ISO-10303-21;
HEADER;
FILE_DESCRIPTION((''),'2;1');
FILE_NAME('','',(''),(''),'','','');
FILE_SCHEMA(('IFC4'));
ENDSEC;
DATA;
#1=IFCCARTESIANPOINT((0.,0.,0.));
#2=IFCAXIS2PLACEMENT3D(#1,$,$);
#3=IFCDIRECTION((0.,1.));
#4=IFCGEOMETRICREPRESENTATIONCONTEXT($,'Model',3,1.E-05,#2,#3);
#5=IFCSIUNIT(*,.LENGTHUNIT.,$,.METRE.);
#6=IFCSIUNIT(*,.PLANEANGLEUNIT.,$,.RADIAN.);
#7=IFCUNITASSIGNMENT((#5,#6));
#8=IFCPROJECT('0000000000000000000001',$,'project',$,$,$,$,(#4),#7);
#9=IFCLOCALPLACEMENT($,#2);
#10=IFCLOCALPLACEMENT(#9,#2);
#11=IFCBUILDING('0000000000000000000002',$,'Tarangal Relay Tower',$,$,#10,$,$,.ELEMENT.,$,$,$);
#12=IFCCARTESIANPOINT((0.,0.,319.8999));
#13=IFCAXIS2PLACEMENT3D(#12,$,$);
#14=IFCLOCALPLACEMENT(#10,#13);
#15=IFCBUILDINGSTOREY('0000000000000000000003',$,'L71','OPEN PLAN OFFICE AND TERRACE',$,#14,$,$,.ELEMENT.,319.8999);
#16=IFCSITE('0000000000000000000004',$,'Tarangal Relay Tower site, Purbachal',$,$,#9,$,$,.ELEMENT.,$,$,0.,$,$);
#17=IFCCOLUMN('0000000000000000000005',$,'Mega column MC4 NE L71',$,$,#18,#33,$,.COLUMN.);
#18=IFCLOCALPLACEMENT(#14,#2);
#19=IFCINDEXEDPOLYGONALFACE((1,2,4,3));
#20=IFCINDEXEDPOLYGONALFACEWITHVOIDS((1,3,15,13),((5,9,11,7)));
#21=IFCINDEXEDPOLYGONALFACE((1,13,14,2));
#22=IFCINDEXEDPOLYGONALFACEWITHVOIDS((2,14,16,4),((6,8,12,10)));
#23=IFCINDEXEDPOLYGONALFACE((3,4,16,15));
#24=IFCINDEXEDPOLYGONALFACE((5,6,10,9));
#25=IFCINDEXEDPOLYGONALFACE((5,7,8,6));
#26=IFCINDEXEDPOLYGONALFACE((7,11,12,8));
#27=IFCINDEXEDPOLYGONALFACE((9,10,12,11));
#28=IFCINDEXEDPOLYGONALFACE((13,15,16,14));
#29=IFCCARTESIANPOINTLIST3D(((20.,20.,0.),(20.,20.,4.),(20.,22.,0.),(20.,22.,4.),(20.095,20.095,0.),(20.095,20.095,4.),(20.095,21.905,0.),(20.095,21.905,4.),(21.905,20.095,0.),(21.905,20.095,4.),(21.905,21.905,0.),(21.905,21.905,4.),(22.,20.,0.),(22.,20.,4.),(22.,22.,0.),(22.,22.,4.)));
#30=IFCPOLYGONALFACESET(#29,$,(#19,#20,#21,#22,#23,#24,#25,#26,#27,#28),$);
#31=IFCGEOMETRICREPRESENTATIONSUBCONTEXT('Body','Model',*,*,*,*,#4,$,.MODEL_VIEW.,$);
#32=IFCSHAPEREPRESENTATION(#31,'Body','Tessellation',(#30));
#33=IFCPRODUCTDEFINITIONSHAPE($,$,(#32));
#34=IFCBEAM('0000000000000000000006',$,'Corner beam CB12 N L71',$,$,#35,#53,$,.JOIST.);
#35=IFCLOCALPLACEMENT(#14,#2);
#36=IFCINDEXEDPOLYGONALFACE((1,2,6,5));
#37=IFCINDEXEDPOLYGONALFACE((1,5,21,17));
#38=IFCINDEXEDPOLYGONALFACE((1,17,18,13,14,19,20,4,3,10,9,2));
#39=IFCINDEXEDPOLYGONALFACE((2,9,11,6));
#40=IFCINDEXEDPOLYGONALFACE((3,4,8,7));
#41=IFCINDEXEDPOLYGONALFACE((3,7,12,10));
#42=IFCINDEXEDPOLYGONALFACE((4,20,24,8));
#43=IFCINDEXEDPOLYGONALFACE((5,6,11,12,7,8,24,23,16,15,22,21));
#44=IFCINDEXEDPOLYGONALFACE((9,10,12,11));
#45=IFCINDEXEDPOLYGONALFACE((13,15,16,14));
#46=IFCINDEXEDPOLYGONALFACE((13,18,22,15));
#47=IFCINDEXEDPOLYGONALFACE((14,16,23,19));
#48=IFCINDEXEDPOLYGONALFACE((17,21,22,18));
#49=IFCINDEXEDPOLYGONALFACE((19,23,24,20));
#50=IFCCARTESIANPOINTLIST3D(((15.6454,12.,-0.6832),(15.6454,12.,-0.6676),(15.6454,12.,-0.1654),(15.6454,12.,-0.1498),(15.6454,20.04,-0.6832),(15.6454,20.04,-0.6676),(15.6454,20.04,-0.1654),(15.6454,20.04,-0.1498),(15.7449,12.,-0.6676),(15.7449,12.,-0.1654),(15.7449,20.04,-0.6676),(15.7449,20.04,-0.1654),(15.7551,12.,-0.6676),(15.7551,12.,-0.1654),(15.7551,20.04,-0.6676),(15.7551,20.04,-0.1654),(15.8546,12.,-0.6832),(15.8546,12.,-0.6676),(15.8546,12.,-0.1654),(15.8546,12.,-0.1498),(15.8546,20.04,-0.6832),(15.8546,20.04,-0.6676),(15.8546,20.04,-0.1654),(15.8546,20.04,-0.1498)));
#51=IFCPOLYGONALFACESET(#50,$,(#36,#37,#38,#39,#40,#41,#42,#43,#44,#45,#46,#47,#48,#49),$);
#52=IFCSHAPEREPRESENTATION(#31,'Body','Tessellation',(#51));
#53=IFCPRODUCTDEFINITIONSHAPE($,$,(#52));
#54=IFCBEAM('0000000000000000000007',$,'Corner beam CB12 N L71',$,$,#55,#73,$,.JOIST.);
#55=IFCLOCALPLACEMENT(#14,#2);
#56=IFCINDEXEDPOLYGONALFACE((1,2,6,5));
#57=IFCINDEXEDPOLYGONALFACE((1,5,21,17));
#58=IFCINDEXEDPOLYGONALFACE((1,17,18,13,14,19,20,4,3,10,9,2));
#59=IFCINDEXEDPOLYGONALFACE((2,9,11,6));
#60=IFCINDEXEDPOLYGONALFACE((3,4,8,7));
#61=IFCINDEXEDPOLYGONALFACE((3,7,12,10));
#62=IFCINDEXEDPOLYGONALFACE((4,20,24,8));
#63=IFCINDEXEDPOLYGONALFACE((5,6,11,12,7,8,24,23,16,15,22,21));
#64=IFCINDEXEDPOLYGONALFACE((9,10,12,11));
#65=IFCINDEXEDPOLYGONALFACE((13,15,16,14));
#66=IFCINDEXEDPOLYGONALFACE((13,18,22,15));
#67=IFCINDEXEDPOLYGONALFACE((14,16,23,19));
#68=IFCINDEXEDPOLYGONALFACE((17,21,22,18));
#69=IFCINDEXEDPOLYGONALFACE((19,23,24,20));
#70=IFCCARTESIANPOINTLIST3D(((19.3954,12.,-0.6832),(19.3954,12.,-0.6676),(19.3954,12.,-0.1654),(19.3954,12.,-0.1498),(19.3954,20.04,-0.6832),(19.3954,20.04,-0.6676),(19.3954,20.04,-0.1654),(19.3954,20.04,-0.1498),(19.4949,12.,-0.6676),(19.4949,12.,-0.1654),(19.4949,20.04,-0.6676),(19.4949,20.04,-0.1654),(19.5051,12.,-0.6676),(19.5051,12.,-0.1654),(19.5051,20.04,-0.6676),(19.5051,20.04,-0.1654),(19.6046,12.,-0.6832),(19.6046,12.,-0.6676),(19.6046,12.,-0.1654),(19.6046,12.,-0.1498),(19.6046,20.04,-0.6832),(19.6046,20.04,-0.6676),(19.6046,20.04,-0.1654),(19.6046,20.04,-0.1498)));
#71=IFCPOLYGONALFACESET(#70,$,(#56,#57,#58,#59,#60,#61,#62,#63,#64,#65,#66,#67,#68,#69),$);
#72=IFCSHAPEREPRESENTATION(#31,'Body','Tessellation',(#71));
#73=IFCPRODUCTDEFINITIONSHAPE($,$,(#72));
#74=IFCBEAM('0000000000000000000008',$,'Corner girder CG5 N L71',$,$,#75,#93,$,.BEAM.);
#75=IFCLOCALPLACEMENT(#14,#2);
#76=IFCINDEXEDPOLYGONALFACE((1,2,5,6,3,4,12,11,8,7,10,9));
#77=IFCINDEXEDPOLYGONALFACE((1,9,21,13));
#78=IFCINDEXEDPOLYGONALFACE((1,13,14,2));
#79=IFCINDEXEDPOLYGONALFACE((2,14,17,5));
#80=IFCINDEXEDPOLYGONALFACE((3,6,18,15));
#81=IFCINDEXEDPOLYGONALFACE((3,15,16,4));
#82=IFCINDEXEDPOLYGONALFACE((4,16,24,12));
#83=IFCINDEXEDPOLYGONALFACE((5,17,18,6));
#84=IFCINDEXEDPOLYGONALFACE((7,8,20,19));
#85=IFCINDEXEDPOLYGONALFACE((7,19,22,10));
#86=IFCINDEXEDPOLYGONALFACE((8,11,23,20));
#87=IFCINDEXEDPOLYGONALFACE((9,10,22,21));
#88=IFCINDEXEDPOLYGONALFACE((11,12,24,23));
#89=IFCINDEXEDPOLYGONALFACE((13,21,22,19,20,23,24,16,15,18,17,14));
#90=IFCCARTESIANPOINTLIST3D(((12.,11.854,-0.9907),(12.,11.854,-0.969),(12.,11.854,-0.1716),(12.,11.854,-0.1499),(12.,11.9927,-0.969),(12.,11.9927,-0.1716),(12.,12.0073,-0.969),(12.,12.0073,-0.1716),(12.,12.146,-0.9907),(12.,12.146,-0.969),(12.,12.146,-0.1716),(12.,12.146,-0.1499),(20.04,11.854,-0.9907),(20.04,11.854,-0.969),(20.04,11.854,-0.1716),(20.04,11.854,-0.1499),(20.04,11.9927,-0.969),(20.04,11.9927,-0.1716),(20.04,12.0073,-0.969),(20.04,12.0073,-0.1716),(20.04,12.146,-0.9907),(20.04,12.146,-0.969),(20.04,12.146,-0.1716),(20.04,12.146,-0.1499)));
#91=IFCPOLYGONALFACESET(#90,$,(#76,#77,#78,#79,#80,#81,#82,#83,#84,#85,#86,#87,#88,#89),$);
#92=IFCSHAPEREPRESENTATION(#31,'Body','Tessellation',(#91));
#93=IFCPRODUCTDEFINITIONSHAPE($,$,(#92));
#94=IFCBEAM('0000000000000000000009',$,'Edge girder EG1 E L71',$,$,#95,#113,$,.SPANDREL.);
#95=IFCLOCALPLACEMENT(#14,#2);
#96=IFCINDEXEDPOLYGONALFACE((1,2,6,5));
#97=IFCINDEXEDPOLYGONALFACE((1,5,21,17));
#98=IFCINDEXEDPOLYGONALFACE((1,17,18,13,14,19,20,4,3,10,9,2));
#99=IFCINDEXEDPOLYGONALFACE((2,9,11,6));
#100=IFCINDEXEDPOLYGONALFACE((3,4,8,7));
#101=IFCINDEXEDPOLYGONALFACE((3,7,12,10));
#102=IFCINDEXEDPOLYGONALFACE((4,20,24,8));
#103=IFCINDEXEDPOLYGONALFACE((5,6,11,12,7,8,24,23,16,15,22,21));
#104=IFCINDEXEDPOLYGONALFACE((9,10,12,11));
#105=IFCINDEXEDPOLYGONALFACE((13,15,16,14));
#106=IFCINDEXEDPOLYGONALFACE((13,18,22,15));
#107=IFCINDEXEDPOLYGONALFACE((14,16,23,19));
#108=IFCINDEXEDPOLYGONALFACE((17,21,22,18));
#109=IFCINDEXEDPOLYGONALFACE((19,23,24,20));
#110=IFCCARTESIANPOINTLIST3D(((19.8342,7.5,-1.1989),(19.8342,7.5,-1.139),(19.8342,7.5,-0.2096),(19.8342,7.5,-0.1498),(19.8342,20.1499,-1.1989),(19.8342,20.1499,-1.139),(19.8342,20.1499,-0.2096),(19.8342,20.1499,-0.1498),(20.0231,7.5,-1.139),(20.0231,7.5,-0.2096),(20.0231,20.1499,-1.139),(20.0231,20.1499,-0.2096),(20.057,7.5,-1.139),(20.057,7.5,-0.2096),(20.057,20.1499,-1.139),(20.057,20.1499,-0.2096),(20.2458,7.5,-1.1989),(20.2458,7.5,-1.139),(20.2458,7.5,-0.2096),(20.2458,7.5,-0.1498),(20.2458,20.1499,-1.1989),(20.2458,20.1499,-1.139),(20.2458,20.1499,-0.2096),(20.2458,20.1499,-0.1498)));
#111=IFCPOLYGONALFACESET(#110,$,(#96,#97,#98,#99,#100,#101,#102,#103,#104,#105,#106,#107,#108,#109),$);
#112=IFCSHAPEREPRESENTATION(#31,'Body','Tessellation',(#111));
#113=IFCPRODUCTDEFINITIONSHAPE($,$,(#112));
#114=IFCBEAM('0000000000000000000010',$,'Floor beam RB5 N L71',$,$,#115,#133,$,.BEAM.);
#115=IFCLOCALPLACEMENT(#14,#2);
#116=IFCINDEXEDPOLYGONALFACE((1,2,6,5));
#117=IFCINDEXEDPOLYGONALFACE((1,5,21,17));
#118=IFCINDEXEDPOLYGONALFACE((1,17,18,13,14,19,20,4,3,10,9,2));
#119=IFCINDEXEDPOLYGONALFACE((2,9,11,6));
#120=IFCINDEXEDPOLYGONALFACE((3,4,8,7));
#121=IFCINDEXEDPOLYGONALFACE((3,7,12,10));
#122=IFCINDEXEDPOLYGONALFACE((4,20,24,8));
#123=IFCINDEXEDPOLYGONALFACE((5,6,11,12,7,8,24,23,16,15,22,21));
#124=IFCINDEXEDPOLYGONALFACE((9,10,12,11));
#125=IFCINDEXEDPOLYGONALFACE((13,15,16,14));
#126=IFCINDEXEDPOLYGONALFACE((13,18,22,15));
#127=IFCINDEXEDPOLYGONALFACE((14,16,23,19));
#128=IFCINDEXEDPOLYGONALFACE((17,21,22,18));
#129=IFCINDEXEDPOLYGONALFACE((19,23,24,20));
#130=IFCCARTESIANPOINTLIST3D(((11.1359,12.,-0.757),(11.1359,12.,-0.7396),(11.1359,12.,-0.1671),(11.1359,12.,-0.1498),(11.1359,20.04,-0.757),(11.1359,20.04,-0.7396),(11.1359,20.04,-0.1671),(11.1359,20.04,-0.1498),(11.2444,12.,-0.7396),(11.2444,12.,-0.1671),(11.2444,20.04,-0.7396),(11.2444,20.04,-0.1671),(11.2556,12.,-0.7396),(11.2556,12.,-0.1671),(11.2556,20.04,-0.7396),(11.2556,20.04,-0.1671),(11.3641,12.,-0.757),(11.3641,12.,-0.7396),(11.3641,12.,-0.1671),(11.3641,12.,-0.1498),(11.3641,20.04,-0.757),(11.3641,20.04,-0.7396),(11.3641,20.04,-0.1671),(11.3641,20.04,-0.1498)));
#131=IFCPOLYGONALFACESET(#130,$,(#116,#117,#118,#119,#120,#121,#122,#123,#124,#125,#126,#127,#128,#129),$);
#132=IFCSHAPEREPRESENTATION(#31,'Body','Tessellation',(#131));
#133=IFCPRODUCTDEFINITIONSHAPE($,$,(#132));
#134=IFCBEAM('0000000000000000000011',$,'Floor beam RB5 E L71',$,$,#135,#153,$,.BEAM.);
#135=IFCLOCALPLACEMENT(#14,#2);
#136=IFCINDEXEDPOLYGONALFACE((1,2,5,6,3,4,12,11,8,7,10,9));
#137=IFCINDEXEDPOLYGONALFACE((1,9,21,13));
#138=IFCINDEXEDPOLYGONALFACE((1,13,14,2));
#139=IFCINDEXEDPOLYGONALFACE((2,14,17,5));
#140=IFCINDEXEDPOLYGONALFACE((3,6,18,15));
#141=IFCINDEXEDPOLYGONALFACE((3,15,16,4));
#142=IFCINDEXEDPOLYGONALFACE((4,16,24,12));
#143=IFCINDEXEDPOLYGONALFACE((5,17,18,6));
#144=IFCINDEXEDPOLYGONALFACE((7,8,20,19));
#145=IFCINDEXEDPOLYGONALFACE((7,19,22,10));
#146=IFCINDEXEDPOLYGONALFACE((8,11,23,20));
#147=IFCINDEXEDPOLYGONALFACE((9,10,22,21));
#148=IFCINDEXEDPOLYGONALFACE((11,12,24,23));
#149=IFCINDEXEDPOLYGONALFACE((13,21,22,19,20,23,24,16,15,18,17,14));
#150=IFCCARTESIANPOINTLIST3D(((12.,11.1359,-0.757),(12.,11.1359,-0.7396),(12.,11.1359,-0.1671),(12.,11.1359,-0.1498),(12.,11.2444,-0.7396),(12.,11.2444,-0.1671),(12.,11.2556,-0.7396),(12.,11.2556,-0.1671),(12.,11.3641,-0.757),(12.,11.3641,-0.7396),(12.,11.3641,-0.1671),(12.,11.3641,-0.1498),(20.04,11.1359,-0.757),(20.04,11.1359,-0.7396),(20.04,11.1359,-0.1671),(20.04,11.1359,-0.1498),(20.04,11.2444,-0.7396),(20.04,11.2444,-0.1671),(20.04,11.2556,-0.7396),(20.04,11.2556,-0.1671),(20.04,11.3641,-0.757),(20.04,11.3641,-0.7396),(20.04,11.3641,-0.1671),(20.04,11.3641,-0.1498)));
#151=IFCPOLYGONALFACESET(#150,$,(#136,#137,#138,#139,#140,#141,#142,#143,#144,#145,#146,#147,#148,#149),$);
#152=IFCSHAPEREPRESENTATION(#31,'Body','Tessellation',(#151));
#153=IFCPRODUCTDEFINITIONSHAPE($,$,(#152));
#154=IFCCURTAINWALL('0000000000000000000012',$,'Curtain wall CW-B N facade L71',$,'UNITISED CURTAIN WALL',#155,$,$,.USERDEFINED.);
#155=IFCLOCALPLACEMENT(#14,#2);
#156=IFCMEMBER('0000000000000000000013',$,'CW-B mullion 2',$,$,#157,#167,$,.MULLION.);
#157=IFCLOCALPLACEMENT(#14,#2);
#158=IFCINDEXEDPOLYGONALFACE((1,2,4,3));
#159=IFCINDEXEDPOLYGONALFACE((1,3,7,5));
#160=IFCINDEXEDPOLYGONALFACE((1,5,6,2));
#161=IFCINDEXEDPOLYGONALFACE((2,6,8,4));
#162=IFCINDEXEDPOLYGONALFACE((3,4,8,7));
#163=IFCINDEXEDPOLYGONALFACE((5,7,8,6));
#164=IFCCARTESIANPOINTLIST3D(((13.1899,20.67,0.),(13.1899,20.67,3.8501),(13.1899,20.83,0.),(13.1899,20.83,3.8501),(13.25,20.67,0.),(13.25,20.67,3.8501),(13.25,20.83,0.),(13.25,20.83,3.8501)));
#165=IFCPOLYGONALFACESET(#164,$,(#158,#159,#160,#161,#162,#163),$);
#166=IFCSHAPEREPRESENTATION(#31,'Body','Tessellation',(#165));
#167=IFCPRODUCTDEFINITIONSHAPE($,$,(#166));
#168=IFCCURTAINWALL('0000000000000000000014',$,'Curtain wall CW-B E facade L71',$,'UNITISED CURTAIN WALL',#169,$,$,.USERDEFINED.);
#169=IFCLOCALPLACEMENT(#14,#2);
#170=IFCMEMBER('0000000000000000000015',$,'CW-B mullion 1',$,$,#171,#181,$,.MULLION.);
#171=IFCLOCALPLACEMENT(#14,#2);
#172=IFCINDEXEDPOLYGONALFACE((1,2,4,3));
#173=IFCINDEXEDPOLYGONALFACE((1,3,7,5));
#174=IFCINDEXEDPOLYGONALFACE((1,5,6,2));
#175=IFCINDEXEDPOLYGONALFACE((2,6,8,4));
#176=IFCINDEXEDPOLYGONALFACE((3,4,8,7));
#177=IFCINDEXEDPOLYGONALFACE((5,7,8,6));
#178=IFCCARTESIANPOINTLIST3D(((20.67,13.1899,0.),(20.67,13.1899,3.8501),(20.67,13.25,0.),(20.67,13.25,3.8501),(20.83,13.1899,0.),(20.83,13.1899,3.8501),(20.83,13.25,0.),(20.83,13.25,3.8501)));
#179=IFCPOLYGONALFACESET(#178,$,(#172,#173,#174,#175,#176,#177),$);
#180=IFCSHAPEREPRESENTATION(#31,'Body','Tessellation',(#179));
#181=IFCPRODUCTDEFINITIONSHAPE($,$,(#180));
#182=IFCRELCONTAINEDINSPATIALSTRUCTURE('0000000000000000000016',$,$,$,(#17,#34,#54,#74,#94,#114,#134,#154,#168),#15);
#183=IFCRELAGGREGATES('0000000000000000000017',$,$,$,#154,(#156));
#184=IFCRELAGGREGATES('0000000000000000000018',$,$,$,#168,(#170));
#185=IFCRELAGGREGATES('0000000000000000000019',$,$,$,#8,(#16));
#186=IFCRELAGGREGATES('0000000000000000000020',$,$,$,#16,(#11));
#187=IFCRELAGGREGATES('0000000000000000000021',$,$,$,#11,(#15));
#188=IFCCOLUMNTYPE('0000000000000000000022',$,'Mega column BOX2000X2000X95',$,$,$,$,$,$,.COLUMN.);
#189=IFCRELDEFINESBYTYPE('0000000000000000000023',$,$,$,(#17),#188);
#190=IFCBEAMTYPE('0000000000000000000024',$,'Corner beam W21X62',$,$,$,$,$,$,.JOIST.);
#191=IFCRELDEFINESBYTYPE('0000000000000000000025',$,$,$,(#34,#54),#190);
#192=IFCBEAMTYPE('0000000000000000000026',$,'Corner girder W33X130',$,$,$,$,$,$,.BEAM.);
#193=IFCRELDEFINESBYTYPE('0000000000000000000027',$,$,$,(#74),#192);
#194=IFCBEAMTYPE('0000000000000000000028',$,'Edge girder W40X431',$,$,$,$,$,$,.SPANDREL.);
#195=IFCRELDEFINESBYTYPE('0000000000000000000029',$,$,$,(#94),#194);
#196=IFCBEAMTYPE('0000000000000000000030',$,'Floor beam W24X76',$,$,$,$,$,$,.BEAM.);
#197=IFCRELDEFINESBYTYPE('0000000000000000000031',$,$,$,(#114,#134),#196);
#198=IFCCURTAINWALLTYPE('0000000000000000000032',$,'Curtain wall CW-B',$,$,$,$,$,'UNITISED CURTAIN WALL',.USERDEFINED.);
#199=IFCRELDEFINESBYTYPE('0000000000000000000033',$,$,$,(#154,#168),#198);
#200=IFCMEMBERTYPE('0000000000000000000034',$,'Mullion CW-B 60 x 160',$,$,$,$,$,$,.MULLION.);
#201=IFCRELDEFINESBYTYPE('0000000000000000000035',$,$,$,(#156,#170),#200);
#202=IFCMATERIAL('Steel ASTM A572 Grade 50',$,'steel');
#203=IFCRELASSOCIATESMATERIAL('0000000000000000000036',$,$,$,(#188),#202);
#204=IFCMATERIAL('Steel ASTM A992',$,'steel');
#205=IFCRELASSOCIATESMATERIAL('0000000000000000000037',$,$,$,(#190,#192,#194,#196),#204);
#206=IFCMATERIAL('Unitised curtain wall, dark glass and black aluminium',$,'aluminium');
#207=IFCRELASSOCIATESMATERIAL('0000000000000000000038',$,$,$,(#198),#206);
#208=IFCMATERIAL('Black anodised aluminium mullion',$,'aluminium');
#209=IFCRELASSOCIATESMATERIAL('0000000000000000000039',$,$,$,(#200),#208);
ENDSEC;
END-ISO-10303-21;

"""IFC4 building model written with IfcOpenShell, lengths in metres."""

from ifc_helpers import new_model, si_unit, direction, frame, origin, origin_2d, place, context, subcontext, project, spatial, rectangle, hollow_rectangle, i_section, extrude, material, material_profile, profile_set, type_object, element, aggregate, save


model = new_model("IFC4")

# Units and contexts
model_context = context("Model", 3, precision=1e-05, world=origin(), true_north=direction((0.0, 1.0)))
body_context = subcontext(model_context, "Body", "Model", "MODEL_VIEW")
ifc_project = project(units=[si_unit("LENGTHUNIT", "METRE"), si_unit("PLANEANGLEUNIT", "RADIAN")], contexts=[model_context])

# Site, building, storey
site_placement = place(None, origin())
site = spatial("IfcSite", under=ifc_project, at=site_placement, Name="Tarangal Relay Tower site, Purbachal", CompositionType="ELEMENT", RefElevation=0.0)
building_placement = place(site_placement, origin())
building = spatial("IfcBuilding", under=site, at=building_placement, Name="Tarangal Relay Tower", CompositionType="ELEMENT")
storey_placement = place(building_placement, frame((0.0, 0.0, 319.8999)))
storey = spatial("IfcBuildingStorey", under=building, at=storey_placement, Name="L71", Description="OPEN PLAN OFFICE AND TERRACE", CompositionType="ELEMENT", Elevation=319.8999)

# Column
ifc_material_1 = material(Name="Steel ASTM A572 Grade 50", Category="steel")
ifc_material_profile_1 = material_profile(ifc_material_1, hollow_rectangle(XDim=2.0, YDim=2.0, WallThickness=0.095, at=origin_2d()), Name="BOX2000X2000X95")
ifc_profile_set_1 = profile_set([ifc_material_profile_1], Name="Steel ASTM A572 Grade 50")
column_type = type_object("IfcColumnType", Name="Mega column BOX2000X2000X95", PredefinedType="COLUMN", material=ifc_profile_set_1)
column_placement = place(storey_placement, frame((21.0, 21.0, 0.0), z_axis=(0.0, 0.0, 1.0), x_axis=(1.0, 0.0, 0.0)))
element("IfcColumn", 1, at=column_placement, inside=storey, type_object=column_type, Name="Mega column MC4 NE L71", PredefinedType="COLUMN", context=body_context, shape_type="SweptSolid", body=[
    extrude(hollow_rectangle(XDim=2.0, YDim=2.0, WallThickness=0.095, at=origin_2d()), origin(), (0.0, 0.0, 1.0), 4.0),
])

# Beams
ifc_material_2 = material(Name="Steel ASTM A992", Category="steel")
ifc_material_profile_2 = material_profile(ifc_material_2, i_section(OverallWidth=0.2092, OverallDepth=0.5334, WebThickness=0.0103, FlangeThickness=0.0156, at=origin_2d()), Name="W21X62")
ifc_profile_set_2 = profile_set([ifc_material_profile_2], Name="Steel ASTM A992")
beam_type_1 = type_object("IfcBeamType", Name="Corner beam W21X62", PredefinedType="JOIST", material=ifc_profile_set_2)
for number, where, z_axis, x_axis, name in (
    (2, (15.75, 12.0, -0.4165), (0.0, 1.0, 0.0), (-1.0, 0.0, 0.0), "Corner beam CB12 N L71"),
    (3, (19.5, 12.0, -0.4165), (0.0, 1.0, 0.0), (-1.0, 0.0, 0.0), "Corner beam CB12 N L71"),
):
    element("IfcBeam", number, at=place(storey_placement, frame(where, z_axis=z_axis, x_axis=x_axis)), inside=storey, type_object=beam_type_1, Name=name, PredefinedType="JOIST", context=body_context, shape_type="SweptSolid", body=[
        extrude(i_section(OverallWidth=0.2092, OverallDepth=0.5334, WebThickness=0.0103, FlangeThickness=0.0156, at=origin_2d()), origin(), (0.0, 0.0, 1.0), 8.04),
    ])
ifc_material_profile_3 = material_profile(ifc_material_2, i_section(OverallWidth=0.292, OverallDepth=0.8408, WebThickness=0.0146, FlangeThickness=0.0217, at=origin_2d()), Name="W33X130")
ifc_profile_set_3 = profile_set([ifc_material_profile_3], Name="Steel ASTM A992")
beam_type_2 = type_object("IfcBeamType", Name="Corner girder W33X130", PredefinedType="BEAM", material=ifc_profile_set_3)
beam_1_placement = place(storey_placement, frame((12.0, 12.0, -0.5703), z_axis=(1.0, 0.0, 0.0), x_axis=(0.0, 1.0, 0.0)))
element("IfcBeam", 4, at=beam_1_placement, inside=storey, type_object=beam_type_2, Name="Corner girder CG5 N L71", PredefinedType="BEAM", context=body_context, shape_type="SweptSolid", body=[
    extrude(i_section(OverallWidth=0.292, OverallDepth=0.8408, WebThickness=0.0146, FlangeThickness=0.0217, at=origin_2d()), origin(), (0.0, 0.0, 1.0), 8.04),
])
ifc_material_profile_4 = material_profile(ifc_material_2, i_section(OverallWidth=0.4116, OverallDepth=1.0491, WebThickness=0.0339, FlangeThickness=0.0598, at=origin_2d()), Name="W40X431")
ifc_profile_set_4 = profile_set([ifc_material_profile_4], Name="Steel ASTM A992")
beam_type_3 = type_object("IfcBeamType", Name="Edge girder W40X431", PredefinedType="SPANDREL", material=ifc_profile_set_4)
beam_2_placement = place(storey_placement, frame((20.04, 20.1499, -0.6743), z_axis=(0.0, -1.0, 0.0), x_axis=(1.0, 0.0, 0.0)))
element("IfcBeam", 5, at=beam_2_placement, inside=storey, type_object=beam_type_3, Name="Edge girder EG1 E L71", PredefinedType="SPANDREL", context=body_context, shape_type="SweptSolid", body=[
    extrude(i_section(OverallWidth=0.4116, OverallDepth=1.0491, WebThickness=0.0339, FlangeThickness=0.0598, at=origin_2d()), origin(), (0.0, 0.0, 1.0), 12.6499),
])
ifc_material_profile_5 = material_profile(ifc_material_2, i_section(OverallWidth=0.2283, OverallDepth=0.6072, WebThickness=0.0112, FlangeThickness=0.0173, at=origin_2d()), Name="W24X76")
ifc_profile_set_5 = profile_set([ifc_material_profile_5], Name="Steel ASTM A992")
beam_type_4 = type_object("IfcBeamType", Name="Floor beam W24X76", PredefinedType="BEAM", material=ifc_profile_set_5)
for number, where, z_axis, x_axis, name in (
    (6, (11.25, 12.0, -0.4534), (0.0, 1.0, 0.0), (-1.0, 0.0, 0.0), "Floor beam RB5 N L71"),
    (7, (12.0, 11.25, -0.4534), (1.0, 0.0, 0.0), (0.0, 1.0, 0.0), "Floor beam RB5 E L71"),
):
    element("IfcBeam", number, at=place(storey_placement, frame(where, z_axis=z_axis, x_axis=x_axis)), inside=storey, type_object=beam_type_4, Name=name, PredefinedType="BEAM", context=body_context, shape_type="SweptSolid", body=[
        extrude(i_section(OverallWidth=0.2283, OverallDepth=0.6072, WebThickness=0.0112, FlangeThickness=0.0173, at=origin_2d()), origin(), (0.0, 0.0, 1.0), 8.04),
    ])

# Curtain wall, member
ifc_material_3 = material(Name="Unitised curtain wall, dark glass and black aluminium", Category="aluminium")
curtain_wall_type_1 = type_object("IfcCurtainWallType", Name="Curtain wall CW-B", ElementType="UNITISED CURTAIN WALL", PredefinedType="USERDEFINED", material=ifc_material_3)
curtain_wall_1_placement = place(storey_placement, origin())
curtain_wall_1 = element("IfcCurtainWall", 8, at=curtain_wall_1_placement, inside=storey, type_object=curtain_wall_type_1, Name="Curtain wall CW-B N facade L71", ObjectType="UNITISED CURTAIN WALL", PredefinedType="USERDEFINED")
ifc_material_4 = material(Name="Black anodised aluminium mullion", Category="aluminium")
ifc_material_profile_6 = material_profile(ifc_material_4, rectangle(XDim=0.1599, YDim=0.0601, at=origin_2d()), Name="CW-BM 60X160")
ifc_profile_set_6 = profile_set([ifc_material_profile_6], Name="Black anodised aluminium mullion")
member_type_1 = type_object("IfcMemberType", Name="Mullion CW-B 60 x 160", PredefinedType="MULLION", material=ifc_profile_set_6)
member_1_placement = place(storey_placement, frame((13.22, 20.75, 0.0), z_axis=(0.0, 0.0, 1.0), x_axis=(0.0, 1.0, 0.0)))
member_1 = element("IfcMember", 9, at=member_1_placement, type_object=member_type_1, Name="CW-B mullion 2", PredefinedType="MULLION", context=body_context, shape_type="SweptSolid", body=[
    extrude(rectangle(XDim=0.1599, YDim=0.0601, at=origin_2d()), origin(), (0.0, 0.0, 1.0), 3.8501),
])

# Curtain wall, member
curtain_wall_2_placement = place(storey_placement, origin())
curtain_wall_2 = element("IfcCurtainWall", 10, at=curtain_wall_2_placement, inside=storey, type_object=curtain_wall_type_1, Name="Curtain wall CW-B E facade L71", ObjectType="UNITISED CURTAIN WALL", PredefinedType="USERDEFINED")
member_2_placement = place(storey_placement, frame((20.75, 13.22, 0.0), z_axis=(0.0, 0.0, 1.0), x_axis=(1.0, 0.0, 0.0)))
member_2 = element("IfcMember", 11, at=member_2_placement, type_object=member_type_1, Name="CW-B mullion 1", PredefinedType="MULLION", context=body_context, shape_type="SweptSolid", body=[
    extrude(rectangle(XDim=0.1599, YDim=0.0601, at=origin_2d()), origin(), (0.0, 0.0, 1.0), 3.8501),
])

aggregate(curtain_wall_1, [member_1])
aggregate(curtain_wall_2, [member_2])

save(model, "model.ifc")
